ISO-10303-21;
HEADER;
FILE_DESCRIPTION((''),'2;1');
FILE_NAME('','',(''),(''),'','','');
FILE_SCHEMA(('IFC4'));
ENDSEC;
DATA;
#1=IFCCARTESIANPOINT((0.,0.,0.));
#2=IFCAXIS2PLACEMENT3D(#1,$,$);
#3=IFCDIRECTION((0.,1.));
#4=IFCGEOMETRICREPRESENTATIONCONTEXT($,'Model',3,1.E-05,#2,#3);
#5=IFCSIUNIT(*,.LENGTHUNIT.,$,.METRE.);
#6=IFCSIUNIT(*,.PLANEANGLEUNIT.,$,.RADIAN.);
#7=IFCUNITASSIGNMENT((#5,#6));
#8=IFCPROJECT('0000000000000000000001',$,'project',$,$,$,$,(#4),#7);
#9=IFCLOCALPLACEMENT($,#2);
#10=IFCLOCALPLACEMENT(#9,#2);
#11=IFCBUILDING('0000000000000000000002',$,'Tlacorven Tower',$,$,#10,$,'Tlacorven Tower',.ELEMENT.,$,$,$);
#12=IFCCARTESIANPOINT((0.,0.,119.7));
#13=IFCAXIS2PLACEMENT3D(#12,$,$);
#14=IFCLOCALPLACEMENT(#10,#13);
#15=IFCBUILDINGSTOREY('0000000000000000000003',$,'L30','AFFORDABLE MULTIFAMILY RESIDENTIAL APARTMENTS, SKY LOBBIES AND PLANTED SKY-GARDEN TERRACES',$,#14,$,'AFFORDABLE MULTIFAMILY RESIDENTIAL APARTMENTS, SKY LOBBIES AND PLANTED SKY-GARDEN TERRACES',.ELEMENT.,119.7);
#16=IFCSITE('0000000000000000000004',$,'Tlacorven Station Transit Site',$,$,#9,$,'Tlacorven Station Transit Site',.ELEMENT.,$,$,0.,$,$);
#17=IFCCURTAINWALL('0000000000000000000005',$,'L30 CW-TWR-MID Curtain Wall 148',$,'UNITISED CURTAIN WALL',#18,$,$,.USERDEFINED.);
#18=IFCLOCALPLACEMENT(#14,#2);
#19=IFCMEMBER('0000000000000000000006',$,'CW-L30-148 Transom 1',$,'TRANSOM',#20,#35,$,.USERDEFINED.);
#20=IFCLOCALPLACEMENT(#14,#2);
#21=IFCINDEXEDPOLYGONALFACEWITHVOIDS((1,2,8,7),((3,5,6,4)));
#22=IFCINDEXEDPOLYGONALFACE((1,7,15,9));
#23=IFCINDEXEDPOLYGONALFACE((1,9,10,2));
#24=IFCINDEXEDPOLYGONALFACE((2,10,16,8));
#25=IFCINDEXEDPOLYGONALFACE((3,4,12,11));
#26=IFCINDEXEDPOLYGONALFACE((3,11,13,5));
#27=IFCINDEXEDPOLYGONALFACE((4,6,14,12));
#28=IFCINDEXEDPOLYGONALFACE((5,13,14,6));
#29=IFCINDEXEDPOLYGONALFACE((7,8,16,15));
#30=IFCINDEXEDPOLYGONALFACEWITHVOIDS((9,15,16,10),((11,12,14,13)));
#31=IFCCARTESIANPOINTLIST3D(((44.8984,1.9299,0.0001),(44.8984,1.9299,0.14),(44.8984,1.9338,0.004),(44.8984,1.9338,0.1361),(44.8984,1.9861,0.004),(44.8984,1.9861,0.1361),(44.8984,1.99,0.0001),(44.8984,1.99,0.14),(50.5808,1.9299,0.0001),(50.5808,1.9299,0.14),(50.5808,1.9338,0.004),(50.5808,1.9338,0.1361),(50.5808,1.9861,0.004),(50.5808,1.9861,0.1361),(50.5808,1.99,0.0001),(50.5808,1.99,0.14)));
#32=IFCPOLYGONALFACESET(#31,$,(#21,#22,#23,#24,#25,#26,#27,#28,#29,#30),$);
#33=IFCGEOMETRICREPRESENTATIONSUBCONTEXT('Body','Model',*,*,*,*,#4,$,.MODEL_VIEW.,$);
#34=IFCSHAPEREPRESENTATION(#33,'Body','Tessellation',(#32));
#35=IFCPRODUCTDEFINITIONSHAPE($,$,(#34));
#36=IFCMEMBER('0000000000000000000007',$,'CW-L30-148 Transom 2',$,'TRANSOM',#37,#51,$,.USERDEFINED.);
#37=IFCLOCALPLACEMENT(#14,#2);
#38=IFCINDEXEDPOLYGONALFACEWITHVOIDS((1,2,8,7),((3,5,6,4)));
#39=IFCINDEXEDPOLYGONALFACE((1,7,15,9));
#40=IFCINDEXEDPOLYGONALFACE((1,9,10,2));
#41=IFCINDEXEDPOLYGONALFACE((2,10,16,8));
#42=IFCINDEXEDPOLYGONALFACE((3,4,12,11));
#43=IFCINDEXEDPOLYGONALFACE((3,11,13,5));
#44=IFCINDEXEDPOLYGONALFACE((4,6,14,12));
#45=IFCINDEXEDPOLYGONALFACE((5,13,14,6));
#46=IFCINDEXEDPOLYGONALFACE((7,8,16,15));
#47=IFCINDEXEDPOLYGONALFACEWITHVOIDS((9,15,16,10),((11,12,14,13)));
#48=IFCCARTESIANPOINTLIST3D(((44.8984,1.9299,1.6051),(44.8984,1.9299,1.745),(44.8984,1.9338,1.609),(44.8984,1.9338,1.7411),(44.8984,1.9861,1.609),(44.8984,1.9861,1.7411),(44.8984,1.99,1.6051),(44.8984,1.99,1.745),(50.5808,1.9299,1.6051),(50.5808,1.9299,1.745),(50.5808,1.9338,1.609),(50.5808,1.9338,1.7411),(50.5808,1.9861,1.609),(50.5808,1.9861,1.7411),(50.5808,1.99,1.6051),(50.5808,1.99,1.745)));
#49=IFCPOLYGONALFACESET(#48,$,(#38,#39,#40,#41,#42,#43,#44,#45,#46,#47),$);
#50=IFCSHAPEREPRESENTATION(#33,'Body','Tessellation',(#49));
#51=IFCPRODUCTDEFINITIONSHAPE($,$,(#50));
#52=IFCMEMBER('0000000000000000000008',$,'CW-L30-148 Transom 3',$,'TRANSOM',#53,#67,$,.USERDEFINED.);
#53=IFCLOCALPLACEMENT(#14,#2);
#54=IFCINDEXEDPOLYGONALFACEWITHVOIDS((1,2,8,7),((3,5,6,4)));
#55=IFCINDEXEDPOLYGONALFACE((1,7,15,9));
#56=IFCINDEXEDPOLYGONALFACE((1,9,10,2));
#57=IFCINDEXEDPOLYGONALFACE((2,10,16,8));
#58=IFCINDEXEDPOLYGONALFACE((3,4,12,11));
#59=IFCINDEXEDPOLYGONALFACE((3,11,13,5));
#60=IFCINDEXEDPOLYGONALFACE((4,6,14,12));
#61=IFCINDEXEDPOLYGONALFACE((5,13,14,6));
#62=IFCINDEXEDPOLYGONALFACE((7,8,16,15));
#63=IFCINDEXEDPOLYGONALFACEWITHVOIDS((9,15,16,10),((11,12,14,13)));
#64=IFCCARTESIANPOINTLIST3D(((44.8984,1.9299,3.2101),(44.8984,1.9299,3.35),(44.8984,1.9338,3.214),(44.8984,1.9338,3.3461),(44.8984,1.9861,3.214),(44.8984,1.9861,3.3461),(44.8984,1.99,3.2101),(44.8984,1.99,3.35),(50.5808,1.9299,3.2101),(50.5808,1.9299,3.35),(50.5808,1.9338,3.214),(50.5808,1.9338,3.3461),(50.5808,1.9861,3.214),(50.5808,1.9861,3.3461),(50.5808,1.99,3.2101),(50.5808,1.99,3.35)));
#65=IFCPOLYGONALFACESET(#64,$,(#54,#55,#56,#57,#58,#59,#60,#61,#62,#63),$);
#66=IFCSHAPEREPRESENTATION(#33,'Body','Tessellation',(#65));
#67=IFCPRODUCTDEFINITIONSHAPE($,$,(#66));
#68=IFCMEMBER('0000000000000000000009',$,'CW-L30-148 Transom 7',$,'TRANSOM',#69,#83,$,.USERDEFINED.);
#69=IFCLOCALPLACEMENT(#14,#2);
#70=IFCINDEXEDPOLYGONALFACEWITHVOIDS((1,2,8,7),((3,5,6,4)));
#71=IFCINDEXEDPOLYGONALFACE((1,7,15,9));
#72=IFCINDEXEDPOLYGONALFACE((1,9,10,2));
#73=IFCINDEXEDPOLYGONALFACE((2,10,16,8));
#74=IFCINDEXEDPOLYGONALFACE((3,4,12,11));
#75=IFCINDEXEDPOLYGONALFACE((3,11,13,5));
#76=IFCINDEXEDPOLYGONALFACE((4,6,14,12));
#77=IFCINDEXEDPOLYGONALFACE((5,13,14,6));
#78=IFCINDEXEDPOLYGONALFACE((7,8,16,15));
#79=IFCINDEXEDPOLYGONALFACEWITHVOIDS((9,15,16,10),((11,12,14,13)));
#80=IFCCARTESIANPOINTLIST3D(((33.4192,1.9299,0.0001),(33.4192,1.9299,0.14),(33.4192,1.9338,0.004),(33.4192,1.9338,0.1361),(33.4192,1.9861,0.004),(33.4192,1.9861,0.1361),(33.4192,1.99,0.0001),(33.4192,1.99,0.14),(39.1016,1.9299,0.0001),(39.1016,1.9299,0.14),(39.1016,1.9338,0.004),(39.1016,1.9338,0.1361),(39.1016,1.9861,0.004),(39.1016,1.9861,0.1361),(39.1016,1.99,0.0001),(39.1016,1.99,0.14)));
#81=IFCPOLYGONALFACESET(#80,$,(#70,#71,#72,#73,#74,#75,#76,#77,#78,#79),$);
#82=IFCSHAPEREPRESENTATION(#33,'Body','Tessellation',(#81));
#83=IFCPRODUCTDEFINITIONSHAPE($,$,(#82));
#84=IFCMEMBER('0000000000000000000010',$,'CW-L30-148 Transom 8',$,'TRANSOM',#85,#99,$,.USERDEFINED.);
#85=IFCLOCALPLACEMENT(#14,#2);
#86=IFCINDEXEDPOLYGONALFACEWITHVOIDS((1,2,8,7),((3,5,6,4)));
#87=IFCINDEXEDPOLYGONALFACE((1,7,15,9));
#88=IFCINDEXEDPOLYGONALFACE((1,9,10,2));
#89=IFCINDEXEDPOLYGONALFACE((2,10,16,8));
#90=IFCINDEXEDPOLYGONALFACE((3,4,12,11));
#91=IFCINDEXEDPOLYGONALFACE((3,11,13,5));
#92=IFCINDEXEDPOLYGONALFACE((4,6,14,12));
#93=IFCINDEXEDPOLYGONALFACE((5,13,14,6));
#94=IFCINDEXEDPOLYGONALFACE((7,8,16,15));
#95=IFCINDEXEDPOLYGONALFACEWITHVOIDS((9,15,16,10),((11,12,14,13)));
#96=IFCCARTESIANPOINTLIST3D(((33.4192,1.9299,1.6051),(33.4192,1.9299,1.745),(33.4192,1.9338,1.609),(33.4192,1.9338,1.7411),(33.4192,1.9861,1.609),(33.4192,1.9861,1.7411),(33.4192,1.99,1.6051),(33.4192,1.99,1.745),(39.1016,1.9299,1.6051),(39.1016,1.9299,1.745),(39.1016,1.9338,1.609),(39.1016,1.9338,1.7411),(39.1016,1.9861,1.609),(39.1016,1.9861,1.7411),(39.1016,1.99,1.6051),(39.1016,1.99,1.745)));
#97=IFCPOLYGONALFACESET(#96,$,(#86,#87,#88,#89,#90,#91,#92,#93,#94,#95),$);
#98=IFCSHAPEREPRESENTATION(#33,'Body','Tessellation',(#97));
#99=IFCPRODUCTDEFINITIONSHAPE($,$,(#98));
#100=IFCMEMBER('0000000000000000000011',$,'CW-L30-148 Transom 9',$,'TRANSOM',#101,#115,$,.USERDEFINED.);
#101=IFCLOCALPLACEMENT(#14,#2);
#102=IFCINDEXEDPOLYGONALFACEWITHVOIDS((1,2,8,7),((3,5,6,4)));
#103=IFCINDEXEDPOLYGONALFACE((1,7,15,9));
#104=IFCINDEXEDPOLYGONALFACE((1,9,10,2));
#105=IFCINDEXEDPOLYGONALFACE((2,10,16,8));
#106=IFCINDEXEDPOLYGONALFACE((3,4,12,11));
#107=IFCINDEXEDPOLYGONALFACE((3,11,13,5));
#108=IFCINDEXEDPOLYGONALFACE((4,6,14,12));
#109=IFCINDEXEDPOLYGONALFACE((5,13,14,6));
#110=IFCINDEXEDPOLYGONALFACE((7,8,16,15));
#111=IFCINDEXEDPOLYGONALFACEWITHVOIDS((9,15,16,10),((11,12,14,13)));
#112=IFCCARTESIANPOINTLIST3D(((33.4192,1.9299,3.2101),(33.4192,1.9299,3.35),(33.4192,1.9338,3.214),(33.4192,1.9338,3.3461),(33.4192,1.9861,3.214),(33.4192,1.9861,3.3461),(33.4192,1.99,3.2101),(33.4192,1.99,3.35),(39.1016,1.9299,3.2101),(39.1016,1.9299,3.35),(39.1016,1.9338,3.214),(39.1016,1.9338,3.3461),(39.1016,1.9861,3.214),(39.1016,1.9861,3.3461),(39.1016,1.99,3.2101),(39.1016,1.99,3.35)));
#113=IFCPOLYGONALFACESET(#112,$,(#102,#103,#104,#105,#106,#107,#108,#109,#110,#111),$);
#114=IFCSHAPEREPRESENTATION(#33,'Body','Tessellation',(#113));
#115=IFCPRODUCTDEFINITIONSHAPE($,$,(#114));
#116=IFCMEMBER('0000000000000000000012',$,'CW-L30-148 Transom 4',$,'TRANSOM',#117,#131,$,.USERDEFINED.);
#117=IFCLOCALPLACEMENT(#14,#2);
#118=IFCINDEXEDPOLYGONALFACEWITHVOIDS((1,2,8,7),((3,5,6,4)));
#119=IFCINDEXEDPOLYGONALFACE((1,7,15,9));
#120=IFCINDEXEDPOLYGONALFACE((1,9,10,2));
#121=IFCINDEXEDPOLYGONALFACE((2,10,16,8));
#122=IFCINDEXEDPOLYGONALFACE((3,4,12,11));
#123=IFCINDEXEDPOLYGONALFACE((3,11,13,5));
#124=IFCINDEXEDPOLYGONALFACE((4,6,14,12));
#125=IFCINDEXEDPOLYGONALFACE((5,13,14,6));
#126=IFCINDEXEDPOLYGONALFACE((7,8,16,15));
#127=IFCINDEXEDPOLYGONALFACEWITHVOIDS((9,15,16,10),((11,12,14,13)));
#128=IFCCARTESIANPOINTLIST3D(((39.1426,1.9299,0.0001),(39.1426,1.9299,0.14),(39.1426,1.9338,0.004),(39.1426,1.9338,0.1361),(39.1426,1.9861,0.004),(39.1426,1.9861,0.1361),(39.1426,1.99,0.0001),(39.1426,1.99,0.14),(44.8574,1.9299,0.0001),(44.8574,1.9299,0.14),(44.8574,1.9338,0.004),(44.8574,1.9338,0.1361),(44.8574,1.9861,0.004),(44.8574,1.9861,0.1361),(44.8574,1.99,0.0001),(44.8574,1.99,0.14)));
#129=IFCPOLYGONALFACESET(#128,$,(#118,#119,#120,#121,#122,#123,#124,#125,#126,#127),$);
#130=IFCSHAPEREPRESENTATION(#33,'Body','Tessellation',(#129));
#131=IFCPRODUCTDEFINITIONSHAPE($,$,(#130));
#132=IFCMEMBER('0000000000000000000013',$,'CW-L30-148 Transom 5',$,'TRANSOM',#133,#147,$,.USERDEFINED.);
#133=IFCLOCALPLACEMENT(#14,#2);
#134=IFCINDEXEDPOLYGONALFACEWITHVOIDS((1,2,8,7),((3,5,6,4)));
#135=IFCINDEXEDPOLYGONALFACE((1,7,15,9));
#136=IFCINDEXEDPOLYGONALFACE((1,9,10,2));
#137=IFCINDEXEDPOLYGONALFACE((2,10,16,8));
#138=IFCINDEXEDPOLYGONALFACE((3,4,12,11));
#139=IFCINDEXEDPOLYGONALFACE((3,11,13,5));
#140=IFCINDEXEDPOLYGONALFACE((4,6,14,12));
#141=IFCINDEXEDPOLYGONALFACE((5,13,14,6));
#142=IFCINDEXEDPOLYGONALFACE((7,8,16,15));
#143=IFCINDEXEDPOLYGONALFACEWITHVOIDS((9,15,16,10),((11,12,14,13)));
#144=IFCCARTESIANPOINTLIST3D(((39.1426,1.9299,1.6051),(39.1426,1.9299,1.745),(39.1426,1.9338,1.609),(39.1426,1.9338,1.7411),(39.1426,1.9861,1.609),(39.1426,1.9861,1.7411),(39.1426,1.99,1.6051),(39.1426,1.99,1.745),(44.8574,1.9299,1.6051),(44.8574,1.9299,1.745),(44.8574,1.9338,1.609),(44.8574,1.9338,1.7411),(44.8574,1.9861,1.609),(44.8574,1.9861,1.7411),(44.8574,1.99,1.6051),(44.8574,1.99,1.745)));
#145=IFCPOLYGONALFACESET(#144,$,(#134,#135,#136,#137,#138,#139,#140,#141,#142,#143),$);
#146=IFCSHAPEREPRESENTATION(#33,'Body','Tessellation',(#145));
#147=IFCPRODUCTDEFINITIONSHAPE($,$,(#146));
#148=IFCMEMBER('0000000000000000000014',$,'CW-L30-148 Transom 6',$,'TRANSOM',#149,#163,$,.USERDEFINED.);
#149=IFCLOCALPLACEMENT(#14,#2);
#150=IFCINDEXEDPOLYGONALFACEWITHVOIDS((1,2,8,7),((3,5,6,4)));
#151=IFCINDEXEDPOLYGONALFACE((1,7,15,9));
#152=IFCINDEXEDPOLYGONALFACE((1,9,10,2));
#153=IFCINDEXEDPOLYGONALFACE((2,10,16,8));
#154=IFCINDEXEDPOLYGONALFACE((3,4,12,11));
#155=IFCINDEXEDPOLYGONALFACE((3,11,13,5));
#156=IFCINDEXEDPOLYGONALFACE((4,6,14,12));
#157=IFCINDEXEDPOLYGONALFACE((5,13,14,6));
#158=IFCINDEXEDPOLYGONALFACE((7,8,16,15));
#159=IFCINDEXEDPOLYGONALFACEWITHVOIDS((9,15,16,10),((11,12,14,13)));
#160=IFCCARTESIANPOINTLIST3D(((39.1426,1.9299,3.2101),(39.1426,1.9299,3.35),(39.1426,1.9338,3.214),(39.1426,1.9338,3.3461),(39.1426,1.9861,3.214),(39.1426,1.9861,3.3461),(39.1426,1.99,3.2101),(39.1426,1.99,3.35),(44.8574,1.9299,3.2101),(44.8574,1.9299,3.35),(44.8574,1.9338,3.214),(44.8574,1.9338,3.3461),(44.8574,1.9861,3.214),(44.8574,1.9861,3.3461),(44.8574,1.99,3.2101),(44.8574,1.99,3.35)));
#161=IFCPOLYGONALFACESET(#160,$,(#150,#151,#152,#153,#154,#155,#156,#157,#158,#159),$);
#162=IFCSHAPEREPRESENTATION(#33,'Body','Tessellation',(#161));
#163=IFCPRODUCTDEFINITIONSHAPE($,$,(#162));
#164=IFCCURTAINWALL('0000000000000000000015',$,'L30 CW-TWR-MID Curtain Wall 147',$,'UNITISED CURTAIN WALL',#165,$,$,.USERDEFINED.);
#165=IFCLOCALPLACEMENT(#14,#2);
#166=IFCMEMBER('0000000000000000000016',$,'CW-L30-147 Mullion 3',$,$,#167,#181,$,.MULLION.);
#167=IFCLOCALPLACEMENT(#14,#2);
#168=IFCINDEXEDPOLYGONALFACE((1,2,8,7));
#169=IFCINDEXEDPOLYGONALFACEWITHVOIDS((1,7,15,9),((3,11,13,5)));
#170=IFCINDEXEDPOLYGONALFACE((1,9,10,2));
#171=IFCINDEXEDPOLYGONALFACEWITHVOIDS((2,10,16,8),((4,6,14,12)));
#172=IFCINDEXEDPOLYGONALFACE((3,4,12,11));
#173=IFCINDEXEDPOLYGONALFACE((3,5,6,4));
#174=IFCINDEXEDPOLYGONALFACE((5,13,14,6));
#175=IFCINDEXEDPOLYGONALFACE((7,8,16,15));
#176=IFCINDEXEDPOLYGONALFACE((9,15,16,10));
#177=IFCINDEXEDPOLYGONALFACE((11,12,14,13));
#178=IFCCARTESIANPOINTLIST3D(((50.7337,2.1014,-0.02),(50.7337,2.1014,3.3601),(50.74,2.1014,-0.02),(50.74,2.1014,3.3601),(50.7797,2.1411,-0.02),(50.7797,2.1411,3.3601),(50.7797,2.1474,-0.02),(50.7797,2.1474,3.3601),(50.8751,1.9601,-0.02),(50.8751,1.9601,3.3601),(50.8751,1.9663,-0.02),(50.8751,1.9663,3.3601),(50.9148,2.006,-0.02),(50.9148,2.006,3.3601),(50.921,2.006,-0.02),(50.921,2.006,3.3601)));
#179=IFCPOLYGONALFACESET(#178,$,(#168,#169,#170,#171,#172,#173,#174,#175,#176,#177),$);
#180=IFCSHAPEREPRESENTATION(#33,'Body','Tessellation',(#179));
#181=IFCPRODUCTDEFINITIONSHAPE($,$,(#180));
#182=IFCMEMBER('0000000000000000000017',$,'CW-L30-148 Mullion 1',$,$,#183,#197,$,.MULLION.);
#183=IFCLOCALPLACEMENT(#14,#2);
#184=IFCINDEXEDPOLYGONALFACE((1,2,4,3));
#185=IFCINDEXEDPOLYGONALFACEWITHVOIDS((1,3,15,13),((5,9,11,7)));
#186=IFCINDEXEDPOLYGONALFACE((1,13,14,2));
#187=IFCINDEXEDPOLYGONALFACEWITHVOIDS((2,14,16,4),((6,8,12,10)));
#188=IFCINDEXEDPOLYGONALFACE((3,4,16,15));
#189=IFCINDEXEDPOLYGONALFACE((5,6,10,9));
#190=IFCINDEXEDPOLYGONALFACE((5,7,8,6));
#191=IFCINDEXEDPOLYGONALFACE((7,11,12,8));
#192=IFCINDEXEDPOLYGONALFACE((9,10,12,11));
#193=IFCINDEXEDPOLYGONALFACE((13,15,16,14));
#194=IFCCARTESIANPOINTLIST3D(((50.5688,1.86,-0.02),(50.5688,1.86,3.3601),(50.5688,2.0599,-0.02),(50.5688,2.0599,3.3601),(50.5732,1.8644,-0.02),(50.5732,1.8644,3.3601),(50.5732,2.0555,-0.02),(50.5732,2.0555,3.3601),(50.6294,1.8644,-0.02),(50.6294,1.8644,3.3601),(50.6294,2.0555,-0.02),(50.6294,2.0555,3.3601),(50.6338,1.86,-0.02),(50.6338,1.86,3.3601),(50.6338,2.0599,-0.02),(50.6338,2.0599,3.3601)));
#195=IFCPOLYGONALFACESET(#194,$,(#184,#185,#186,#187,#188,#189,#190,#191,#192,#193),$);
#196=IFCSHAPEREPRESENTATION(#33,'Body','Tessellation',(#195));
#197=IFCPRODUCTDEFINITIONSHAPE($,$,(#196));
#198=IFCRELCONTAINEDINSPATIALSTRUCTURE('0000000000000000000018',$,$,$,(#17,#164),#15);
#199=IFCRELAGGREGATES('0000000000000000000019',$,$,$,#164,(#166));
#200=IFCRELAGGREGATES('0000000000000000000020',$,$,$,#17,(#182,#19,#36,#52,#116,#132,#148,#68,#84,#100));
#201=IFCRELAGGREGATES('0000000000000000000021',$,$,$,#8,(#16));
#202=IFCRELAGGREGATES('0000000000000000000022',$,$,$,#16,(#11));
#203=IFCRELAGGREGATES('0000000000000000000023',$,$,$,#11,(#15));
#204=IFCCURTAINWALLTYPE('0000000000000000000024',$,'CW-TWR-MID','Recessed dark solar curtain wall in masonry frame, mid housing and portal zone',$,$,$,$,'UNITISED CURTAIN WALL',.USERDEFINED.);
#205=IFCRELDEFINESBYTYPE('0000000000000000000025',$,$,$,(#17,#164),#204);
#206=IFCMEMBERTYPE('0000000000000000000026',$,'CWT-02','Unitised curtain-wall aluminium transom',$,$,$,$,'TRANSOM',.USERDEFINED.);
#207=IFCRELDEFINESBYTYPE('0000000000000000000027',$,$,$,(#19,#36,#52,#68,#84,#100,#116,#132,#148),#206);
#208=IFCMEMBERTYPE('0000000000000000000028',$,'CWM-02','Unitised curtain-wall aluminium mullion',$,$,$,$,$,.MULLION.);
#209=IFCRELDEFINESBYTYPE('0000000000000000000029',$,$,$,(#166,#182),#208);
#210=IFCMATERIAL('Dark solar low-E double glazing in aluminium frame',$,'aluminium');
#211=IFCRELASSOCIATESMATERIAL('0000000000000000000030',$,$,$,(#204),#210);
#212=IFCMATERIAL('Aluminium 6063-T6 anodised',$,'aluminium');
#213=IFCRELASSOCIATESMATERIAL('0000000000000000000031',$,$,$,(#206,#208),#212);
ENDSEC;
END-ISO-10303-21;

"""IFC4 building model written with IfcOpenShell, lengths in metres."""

from ifc_helpers import new_model, si_unit, direction, frame, origin, origin_2d, place, context, subcontext, project, spatial, hollow_rectangle, extrude, source, transform, mapped, material, material_profile, profile_set, type_object, element, aggregate, save


model = new_model("IFC4")

# Units and contexts
model_context = context("Model", 3, precision=1e-05, world=origin(), true_north=direction((0.0, 1.0)))
body_context = subcontext(model_context, "Body", "Model", "MODEL_VIEW")
ifc_project = project(units=[si_unit("LENGTHUNIT", "METRE"), si_unit("PLANEANGLEUNIT", "RADIAN")], contexts=[model_context])

# Site, building, storey
site_placement = place(None, origin())
site = spatial("IfcSite", under=ifc_project, at=site_placement, Name="Tlacorven Station Transit Site", LongName="Tlacorven Station Transit Site", CompositionType="ELEMENT", RefElevation=0.0)
building_placement = place(site_placement, origin())
building = spatial("IfcBuilding", under=site, at=building_placement, Name="Tlacorven Tower", LongName="Tlacorven Tower", CompositionType="ELEMENT")
storey_placement = place(building_placement, frame((0.0, 0.0, 119.7)))
storey = spatial("IfcBuildingStorey", under=building, at=storey_placement, Name="L30", Description="AFFORDABLE MULTIFAMILY RESIDENTIAL APARTMENTS, SKY LOBBIES AND PLANTED SKY-GARDEN TERRACES", LongName="AFFORDABLE MULTIFAMILY RESIDENTIAL APARTMENTS, SKY LOBBIES AND PLANTED SKY-GARDEN TERRACES", CompositionType="ELEMENT", Elevation=119.7)

# Curtain wall, members
ifc_material_1 = material(Name="Dark solar low-E double glazing in aluminium frame", Category="aluminium")
curtain_wall_type = type_object("IfcCurtainWallType", Name="CW-TWR-MID", Description="Recessed dark solar curtain wall in masonry frame, mid housing and portal zone", ElementType="UNITISED CURTAIN WALL", PredefinedType="USERDEFINED", material=ifc_material_1)
curtain_wall_1_placement = place(storey_placement, origin())
curtain_wall_1 = element("IfcCurtainWall", 1, at=curtain_wall_1_placement, inside=storey, type_object=curtain_wall_type, Name="L30 CW-TWR-MID Curtain Wall 148", ObjectType="UNITISED CURTAIN WALL", PredefinedType="USERDEFINED")
ifc_material_2 = material(Name="Aluminium 6063-T6 anodised", Category="aluminium")
ifc_material_profile_1 = material_profile(ifc_material_2, hollow_rectangle(XDim=0.0601, YDim=0.1399, WallThickness=0.0039, at=origin_2d()), Name="ALU TRANSOM 60X140")
ifc_profile_set_1 = profile_set([ifc_material_profile_1], Name="Aluminium 6063-T6 anodised")
member_type_1 = type_object("IfcMemberType", Name="CWT-02", Description="Unitised curtain-wall aluminium transom", ElementType="TRANSOM", PredefinedType="USERDEFINED", material=ifc_profile_set_1)
shared_shape_1 = source(origin(), body_context, "Body", "SweptSolid", [
    extrude(hollow_rectangle(XDim=0.0601, YDim=0.1399, WallThickness=0.0039, at=origin_2d()), origin(), (0.0, 0.0, 1.0), 5.6824),
])
member_1_placement = place(storey_placement, frame((50.5808, 1.96, 0.0701), z_axis=(-1.0, 0.0, 0.0), x_axis=(0.0, -1.0, 0.0)))
member_1 = element("IfcMember", 2, at=member_1_placement, type_object=member_type_1, Name="CW-L30-148 Transom 1", ObjectType="TRANSOM", PredefinedType="USERDEFINED", context=body_context, shape_type="MappedRepresentation", body=[
    mapped(shared_shape_1, transform((0.0, 0.0, 0.0), scale=1.0)),
])
member_2_placement = place(storey_placement, frame((50.5808, 1.96, 1.675), z_axis=(-1.0, 0.0, 0.0), x_axis=(0.0, -1.0, 0.0)))
member_2 = element("IfcMember", 3, at=member_2_placement, type_object=member_type_1, Name="CW-L30-148 Transom 2", ObjectType="TRANSOM", PredefinedType="USERDEFINED", context=body_context, shape_type="MappedRepresentation", body=[
    mapped(shared_shape_1, transform((0.0, 0.0, 0.0), scale=1.0)),
])
member_3_placement = place(storey_placement, frame((50.5808, 1.96, 3.28), z_axis=(-1.0, 0.0, 0.0), x_axis=(0.0, -1.0, 0.0)))
member_3 = element("IfcMember", 4, at=member_3_placement, type_object=member_type_1, Name="CW-L30-148 Transom 3", ObjectType="TRANSOM", PredefinedType="USERDEFINED", context=body_context, shape_type="MappedRepresentation", body=[
    mapped(shared_shape_1, transform((0.0, 0.0, 0.0), scale=1.0)),
])
member_4_placement = place(storey_placement, frame((39.1016, 1.96, 0.0701), z_axis=(-1.0, 0.0, 0.0), x_axis=(0.0, -1.0, 0.0)))
member_4 = element("IfcMember", 5, at=member_4_placement, type_object=member_type_1, Name="CW-L30-148 Transom 7", ObjectType="TRANSOM", PredefinedType="USERDEFINED", context=body_context, shape_type="MappedRepresentation", body=[
    mapped(shared_shape_1, transform((0.0, 0.0, 0.0), scale=1.0)),
])
member_5_placement = place(storey_placement, frame((39.1016, 1.96, 1.675), z_axis=(-1.0, 0.0, 0.0), x_axis=(0.0, -1.0, 0.0)))
member_5 = element("IfcMember", 6, at=member_5_placement, type_object=member_type_1, Name="CW-L30-148 Transom 8", ObjectType="TRANSOM", PredefinedType="USERDEFINED", context=body_context, shape_type="MappedRepresentation", body=[
    mapped(shared_shape_1, transform((0.0, 0.0, 0.0), scale=1.0)),
])
member_6_placement = place(storey_placement, frame((39.1016, 1.96, 3.28), z_axis=(-1.0, 0.0, 0.0), x_axis=(0.0, -1.0, 0.0)))
member_6 = element("IfcMember", 7, at=member_6_placement, type_object=member_type_1, Name="CW-L30-148 Transom 9", ObjectType="TRANSOM", PredefinedType="USERDEFINED", context=body_context, shape_type="MappedRepresentation", body=[
    mapped(shared_shape_1, transform((0.0, 0.0, 0.0), scale=1.0)),
])
shared_shape_2 = source(origin(), body_context, "Body", "SweptSolid", [
    extrude(hollow_rectangle(XDim=0.0601, YDim=0.1399, WallThickness=0.0039, at=origin_2d()), origin(), (0.0, 0.0, 1.0), 5.7148),
])
member_7_placement = place(storey_placement, frame((44.8574, 1.96, 0.0701), z_axis=(-1.0, 0.0, 0.0), x_axis=(0.0, -1.0, 0.0)))
member_7 = element("IfcMember", 8, at=member_7_placement, type_object=member_type_1, Name="CW-L30-148 Transom 4", ObjectType="TRANSOM", PredefinedType="USERDEFINED", context=body_context, shape_type="MappedRepresentation", body=[
    mapped(shared_shape_2, transform((0.0, 0.0, 0.0), scale=1.0)),
])
member_8_placement = place(storey_placement, frame((44.8574, 1.96, 1.675), z_axis=(-1.0, 0.0, 0.0), x_axis=(0.0, -1.0, 0.0)))
member_8 = element("IfcMember", 9, at=member_8_placement, type_object=member_type_1, Name="CW-L30-148 Transom 5", ObjectType="TRANSOM", PredefinedType="USERDEFINED", context=body_context, shape_type="MappedRepresentation", body=[
    mapped(shared_shape_2, transform((0.0, 0.0, 0.0), scale=1.0)),
])
member_9_placement = place(storey_placement, frame((44.8574, 1.96, 3.28), z_axis=(-1.0, 0.0, 0.0), x_axis=(0.0, -1.0, 0.0)))
member_9 = element("IfcMember", 10, at=member_9_placement, type_object=member_type_1, Name="CW-L30-148 Transom 6", ObjectType="TRANSOM", PredefinedType="USERDEFINED", context=body_context, shape_type="MappedRepresentation", body=[
    mapped(shared_shape_2, transform((0.0, 0.0, 0.0), scale=1.0)),
])

# Curtain wall, member
curtain_wall_2_placement = place(storey_placement, origin())
curtain_wall_2 = element("IfcCurtainWall", 11, at=curtain_wall_2_placement, inside=storey, type_object=curtain_wall_type, Name="L30 CW-TWR-MID Curtain Wall 147", ObjectType="UNITISED CURTAIN WALL", PredefinedType="USERDEFINED")
ifc_material_profile_2 = material_profile(ifc_material_2, hollow_rectangle(XDim=0.0649, YDim=0.2, WallThickness=0.0044, at=origin_2d()), Name="ALU MULLION 65X200")
ifc_profile_set_2 = profile_set([ifc_material_profile_2], Name="Aluminium 6063-T6 anodised")
member_type_2 = type_object("IfcMemberType", Name="CWM-02", Description="Unitised curtain-wall aluminium mullion", PredefinedType="MULLION", material=ifc_profile_set_2)
shared_shape_3 = source(origin(), body_context, "Body", "SweptSolid", [
    extrude(hollow_rectangle(XDim=0.0649, YDim=0.2, WallThickness=0.0044, at=origin_2d()), origin(), (0.0, 0.0, 1.0), 3.3801),
])
member_10_placement = place(storey_placement, frame((50.8274, 2.0537, -0.02), z_axis=(0.0, 0.0, 1.0), x_axis=(-0.707107, -0.707107, 0.0)))
member_10 = element("IfcMember", 12, at=member_10_placement, type_object=member_type_2, Name="CW-L30-147 Mullion 3", PredefinedType="MULLION", context=body_context, shape_type="MappedRepresentation", body=[
    mapped(shared_shape_3, transform((0.0, 0.0, 0.0), scale=1.0)),
])
aggregate(curtain_wall_2, [member_10])

# Member
member_11_placement = place(storey_placement, frame((50.6013, 1.96, -0.02), z_axis=(0.0, 0.0, 1.0), x_axis=(-1.0, 0.0, 0.0)))
member_11 = element("IfcMember", 13, at=member_11_placement, type_object=member_type_2, Name="CW-L30-148 Mullion 1", PredefinedType="MULLION", context=body_context, shape_type="MappedRepresentation", body=[
    mapped(shared_shape_3, transform((0.0, 0.0, 0.0), scale=1.0)),
])

aggregate(curtain_wall_1, [member_11, member_1, member_2, member_3, member_7, member_8, member_9, member_4, member_5, member_6])

save(model, "model.ifc")
